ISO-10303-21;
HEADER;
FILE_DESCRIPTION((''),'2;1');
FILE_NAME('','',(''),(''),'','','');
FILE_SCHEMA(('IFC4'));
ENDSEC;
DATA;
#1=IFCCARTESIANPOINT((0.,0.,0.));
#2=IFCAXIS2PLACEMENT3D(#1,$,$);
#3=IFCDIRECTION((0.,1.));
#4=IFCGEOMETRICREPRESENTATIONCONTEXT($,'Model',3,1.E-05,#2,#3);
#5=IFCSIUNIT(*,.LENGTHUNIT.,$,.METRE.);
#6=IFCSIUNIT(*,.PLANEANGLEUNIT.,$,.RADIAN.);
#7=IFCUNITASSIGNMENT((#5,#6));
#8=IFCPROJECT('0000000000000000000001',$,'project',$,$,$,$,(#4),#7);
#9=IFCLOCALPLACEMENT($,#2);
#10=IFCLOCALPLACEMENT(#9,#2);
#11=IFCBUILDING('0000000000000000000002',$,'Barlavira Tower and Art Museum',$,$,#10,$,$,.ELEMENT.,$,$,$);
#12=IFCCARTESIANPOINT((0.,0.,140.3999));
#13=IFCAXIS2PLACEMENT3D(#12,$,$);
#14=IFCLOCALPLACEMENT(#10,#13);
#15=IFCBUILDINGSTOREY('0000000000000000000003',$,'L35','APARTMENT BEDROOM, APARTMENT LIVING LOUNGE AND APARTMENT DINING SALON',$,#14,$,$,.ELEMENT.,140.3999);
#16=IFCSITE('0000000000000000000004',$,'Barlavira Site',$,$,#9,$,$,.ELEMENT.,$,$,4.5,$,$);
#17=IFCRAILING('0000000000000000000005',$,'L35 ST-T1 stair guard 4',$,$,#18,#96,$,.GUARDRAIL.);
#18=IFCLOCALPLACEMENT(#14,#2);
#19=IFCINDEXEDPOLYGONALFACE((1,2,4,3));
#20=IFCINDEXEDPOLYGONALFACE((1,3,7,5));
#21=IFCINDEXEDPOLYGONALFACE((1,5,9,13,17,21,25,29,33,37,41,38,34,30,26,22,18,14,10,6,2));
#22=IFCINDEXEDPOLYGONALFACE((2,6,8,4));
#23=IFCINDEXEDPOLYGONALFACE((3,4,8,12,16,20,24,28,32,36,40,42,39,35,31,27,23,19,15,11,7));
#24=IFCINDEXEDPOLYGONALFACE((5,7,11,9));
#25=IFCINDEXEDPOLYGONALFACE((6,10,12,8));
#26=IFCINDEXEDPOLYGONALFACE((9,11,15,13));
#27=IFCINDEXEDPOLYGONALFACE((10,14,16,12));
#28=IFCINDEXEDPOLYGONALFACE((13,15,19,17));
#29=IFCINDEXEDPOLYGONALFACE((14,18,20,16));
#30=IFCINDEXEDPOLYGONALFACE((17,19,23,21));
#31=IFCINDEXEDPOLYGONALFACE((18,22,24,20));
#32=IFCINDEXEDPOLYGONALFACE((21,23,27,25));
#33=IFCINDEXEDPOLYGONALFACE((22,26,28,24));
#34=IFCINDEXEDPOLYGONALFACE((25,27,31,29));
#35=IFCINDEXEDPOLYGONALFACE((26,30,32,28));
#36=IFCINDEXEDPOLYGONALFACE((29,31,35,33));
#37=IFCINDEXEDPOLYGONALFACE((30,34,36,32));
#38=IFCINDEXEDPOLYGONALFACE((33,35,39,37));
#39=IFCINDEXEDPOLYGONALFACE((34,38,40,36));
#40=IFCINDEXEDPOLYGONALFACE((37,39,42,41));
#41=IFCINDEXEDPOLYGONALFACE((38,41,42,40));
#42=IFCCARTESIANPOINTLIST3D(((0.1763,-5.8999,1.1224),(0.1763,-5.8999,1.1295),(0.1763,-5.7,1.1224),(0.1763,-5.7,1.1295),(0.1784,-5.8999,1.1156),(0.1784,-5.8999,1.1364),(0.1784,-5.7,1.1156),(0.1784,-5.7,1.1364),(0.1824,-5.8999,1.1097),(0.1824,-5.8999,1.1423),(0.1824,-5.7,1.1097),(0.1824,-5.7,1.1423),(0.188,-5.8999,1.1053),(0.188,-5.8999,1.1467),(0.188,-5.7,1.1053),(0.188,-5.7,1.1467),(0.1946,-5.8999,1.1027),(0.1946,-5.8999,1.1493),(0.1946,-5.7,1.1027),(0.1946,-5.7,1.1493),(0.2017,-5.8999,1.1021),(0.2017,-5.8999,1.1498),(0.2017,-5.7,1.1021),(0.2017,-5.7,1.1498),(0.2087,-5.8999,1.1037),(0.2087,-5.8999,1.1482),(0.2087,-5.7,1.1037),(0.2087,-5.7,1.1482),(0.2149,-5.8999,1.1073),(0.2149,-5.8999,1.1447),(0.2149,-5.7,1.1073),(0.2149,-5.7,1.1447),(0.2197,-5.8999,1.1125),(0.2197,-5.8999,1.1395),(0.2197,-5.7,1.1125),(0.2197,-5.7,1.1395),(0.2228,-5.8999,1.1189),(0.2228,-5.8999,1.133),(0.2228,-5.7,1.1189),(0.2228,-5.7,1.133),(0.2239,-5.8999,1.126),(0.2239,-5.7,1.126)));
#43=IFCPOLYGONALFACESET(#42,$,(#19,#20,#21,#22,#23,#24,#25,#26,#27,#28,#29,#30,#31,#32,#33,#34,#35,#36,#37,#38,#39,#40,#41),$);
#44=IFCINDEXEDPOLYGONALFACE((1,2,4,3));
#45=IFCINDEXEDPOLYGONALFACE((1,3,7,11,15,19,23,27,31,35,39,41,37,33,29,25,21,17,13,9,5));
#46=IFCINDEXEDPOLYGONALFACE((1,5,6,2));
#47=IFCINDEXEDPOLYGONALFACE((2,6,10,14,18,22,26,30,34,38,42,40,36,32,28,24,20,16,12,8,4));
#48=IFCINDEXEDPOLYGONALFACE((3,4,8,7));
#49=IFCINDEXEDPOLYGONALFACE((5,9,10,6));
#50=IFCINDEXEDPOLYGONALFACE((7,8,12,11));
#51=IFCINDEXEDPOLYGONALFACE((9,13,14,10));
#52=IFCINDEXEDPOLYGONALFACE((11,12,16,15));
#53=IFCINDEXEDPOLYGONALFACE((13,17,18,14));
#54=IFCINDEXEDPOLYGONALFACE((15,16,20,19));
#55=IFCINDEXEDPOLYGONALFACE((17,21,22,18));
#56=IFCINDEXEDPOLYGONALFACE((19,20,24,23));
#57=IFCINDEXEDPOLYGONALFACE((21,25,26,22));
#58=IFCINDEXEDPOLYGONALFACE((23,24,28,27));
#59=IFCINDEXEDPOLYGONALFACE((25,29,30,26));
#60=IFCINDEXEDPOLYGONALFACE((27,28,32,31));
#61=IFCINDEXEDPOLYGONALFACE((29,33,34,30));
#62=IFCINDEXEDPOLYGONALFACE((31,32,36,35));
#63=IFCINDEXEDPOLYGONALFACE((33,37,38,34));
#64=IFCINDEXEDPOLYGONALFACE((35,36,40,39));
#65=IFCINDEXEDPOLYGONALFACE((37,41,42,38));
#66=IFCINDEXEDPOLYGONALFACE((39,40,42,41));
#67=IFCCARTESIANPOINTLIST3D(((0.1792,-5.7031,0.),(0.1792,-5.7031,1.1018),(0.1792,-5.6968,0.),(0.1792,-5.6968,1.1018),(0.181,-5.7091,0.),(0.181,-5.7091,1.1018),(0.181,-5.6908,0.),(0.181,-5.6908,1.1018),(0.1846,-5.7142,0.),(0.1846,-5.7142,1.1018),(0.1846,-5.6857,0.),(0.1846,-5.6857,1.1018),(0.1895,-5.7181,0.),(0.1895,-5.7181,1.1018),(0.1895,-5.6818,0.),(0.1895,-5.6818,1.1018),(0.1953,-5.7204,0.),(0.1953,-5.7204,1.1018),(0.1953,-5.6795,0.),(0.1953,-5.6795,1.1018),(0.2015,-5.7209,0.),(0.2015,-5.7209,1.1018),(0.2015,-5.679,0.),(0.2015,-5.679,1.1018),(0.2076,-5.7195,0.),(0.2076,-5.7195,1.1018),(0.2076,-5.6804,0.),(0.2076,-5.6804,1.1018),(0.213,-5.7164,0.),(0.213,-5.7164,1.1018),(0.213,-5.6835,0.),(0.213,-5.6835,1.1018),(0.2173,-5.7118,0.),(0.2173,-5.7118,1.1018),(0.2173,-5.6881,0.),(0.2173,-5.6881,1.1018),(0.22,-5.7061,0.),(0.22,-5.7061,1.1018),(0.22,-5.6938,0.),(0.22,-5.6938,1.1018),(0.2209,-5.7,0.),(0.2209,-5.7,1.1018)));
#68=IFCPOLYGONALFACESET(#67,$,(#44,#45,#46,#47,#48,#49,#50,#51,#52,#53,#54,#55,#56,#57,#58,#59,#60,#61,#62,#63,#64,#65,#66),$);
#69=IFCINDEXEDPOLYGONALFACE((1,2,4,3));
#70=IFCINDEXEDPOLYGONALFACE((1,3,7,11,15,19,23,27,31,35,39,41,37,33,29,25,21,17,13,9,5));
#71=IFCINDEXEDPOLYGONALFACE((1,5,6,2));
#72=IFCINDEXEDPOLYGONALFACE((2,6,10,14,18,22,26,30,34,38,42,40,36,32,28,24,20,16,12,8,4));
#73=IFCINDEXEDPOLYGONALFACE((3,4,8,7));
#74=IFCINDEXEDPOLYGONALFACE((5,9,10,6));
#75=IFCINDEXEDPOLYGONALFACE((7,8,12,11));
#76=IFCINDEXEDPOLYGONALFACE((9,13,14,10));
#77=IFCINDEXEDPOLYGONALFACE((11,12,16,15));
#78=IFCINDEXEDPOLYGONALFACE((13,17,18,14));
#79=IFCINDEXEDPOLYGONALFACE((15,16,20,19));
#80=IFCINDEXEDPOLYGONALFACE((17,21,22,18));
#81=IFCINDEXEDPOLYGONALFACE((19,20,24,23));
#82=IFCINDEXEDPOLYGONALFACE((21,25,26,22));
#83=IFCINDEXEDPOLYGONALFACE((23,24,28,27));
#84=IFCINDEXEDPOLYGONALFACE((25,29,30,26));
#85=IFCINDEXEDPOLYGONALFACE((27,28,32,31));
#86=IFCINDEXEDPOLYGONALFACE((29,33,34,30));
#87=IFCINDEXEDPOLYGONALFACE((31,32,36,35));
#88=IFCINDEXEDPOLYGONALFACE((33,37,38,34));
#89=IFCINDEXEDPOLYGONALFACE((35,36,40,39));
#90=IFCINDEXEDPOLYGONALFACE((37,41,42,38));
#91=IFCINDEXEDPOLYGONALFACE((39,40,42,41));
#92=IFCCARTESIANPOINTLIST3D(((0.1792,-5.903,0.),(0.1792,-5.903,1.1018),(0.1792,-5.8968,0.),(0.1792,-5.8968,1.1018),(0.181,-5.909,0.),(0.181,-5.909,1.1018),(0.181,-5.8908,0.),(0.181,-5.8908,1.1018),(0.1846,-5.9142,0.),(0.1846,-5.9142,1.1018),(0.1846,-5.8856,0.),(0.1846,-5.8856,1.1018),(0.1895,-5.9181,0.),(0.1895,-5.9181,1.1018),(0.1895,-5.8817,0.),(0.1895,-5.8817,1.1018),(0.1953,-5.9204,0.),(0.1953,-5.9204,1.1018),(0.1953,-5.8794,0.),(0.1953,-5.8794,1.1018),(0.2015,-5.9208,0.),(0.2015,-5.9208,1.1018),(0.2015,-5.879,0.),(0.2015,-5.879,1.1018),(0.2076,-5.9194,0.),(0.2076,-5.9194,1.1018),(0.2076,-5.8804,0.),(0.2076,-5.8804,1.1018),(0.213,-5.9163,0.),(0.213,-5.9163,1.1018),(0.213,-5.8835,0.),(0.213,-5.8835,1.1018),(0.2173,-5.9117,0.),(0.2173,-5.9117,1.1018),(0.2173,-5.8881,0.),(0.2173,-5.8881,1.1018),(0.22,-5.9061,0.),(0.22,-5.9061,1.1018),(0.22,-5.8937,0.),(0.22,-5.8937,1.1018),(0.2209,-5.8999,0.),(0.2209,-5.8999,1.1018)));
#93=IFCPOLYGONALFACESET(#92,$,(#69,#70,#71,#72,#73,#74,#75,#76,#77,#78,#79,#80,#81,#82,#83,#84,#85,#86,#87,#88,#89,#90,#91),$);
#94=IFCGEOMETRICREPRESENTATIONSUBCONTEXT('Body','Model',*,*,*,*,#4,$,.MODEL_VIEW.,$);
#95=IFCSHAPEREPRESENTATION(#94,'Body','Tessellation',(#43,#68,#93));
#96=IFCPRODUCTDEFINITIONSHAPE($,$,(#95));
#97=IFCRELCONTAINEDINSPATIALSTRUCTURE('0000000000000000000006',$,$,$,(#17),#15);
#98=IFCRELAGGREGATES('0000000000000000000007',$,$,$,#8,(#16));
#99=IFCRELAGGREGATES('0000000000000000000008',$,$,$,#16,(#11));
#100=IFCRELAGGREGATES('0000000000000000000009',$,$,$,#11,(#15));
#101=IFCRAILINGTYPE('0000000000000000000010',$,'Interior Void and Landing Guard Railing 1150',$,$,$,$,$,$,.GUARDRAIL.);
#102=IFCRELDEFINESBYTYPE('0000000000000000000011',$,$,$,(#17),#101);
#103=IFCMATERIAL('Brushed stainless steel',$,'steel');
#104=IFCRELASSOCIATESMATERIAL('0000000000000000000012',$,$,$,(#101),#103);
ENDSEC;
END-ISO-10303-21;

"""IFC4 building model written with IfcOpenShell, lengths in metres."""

from ifc_helpers import new_model, si_unit, direction, frame, origin, origin_2d, place, context, subcontext, project, spatial, circle, extrude, material, type_object, element, save


model = new_model("IFC4")

# Units and contexts
model_context = context("Model", 3, precision=1e-05, world=origin(), true_north=direction((0.0, 1.0)))
body_context = subcontext(model_context, "Body", "Model", "MODEL_VIEW")
ifc_project = project(units=[si_unit("LENGTHUNIT", "METRE"), si_unit("PLANEANGLEUNIT", "RADIAN")], contexts=[model_context])

# Site, building, storey
site_placement = place(None, origin())
site = spatial("IfcSite", under=ifc_project, at=site_placement, Name="Barlavira Site", CompositionType="ELEMENT", RefElevation=4.5)
building_placement = place(site_placement, origin())
building = spatial("IfcBuilding", under=site, at=building_placement, Name="Barlavira Tower and Art Museum", CompositionType="ELEMENT")
storey_placement = place(building_placement, frame((0.0, 0.0, 140.3999)))
storey = spatial("IfcBuildingStorey", under=building, at=storey_placement, Name="L35", Description="APARTMENT BEDROOM, APARTMENT LIVING LOUNGE AND APARTMENT DINING SALON", CompositionType="ELEMENT", Elevation=140.3999)

# Shared definitions
ifc_material_1 = material(Name="Brushed stainless steel", Category="steel")

# Railing
railing_type_1 = type_object("IfcRailingType", Name="Interior Void and Landing Guard Railing 1150", PredefinedType="GUARDRAIL", material=ifc_material_1)
railing_1_placement = place(storey_placement, frame((0.2, -5.7, 0.0)))
element("IfcRailing", 1, at=railing_1_placement, inside=storey, type_object=railing_type_1, Name="L35 ST-T1 stair guard 4", PredefinedType="GUARDRAIL", context=body_context, shape_type="SweptSolid", body=[
    extrude(circle(Radius=0.0239, at=origin_2d()), frame((0.0, 0.0, 1.126), z_axis=(0.0, -1.0, 0.0), x_axis=(1.0, 0.0, 0.0)), (0.0, 0.0, 1.0), 0.2),
    extrude(circle(Radius=0.021, at=origin_2d()), origin(), (0.0, 0.0, 1.0), 1.1018),
    extrude(circle(Radius=0.021, at=origin_2d()), frame((0.0, -0.2, 0.0)), (0.0, 0.0, 1.0), 1.1018),
])

save(model, "model.ifc")
